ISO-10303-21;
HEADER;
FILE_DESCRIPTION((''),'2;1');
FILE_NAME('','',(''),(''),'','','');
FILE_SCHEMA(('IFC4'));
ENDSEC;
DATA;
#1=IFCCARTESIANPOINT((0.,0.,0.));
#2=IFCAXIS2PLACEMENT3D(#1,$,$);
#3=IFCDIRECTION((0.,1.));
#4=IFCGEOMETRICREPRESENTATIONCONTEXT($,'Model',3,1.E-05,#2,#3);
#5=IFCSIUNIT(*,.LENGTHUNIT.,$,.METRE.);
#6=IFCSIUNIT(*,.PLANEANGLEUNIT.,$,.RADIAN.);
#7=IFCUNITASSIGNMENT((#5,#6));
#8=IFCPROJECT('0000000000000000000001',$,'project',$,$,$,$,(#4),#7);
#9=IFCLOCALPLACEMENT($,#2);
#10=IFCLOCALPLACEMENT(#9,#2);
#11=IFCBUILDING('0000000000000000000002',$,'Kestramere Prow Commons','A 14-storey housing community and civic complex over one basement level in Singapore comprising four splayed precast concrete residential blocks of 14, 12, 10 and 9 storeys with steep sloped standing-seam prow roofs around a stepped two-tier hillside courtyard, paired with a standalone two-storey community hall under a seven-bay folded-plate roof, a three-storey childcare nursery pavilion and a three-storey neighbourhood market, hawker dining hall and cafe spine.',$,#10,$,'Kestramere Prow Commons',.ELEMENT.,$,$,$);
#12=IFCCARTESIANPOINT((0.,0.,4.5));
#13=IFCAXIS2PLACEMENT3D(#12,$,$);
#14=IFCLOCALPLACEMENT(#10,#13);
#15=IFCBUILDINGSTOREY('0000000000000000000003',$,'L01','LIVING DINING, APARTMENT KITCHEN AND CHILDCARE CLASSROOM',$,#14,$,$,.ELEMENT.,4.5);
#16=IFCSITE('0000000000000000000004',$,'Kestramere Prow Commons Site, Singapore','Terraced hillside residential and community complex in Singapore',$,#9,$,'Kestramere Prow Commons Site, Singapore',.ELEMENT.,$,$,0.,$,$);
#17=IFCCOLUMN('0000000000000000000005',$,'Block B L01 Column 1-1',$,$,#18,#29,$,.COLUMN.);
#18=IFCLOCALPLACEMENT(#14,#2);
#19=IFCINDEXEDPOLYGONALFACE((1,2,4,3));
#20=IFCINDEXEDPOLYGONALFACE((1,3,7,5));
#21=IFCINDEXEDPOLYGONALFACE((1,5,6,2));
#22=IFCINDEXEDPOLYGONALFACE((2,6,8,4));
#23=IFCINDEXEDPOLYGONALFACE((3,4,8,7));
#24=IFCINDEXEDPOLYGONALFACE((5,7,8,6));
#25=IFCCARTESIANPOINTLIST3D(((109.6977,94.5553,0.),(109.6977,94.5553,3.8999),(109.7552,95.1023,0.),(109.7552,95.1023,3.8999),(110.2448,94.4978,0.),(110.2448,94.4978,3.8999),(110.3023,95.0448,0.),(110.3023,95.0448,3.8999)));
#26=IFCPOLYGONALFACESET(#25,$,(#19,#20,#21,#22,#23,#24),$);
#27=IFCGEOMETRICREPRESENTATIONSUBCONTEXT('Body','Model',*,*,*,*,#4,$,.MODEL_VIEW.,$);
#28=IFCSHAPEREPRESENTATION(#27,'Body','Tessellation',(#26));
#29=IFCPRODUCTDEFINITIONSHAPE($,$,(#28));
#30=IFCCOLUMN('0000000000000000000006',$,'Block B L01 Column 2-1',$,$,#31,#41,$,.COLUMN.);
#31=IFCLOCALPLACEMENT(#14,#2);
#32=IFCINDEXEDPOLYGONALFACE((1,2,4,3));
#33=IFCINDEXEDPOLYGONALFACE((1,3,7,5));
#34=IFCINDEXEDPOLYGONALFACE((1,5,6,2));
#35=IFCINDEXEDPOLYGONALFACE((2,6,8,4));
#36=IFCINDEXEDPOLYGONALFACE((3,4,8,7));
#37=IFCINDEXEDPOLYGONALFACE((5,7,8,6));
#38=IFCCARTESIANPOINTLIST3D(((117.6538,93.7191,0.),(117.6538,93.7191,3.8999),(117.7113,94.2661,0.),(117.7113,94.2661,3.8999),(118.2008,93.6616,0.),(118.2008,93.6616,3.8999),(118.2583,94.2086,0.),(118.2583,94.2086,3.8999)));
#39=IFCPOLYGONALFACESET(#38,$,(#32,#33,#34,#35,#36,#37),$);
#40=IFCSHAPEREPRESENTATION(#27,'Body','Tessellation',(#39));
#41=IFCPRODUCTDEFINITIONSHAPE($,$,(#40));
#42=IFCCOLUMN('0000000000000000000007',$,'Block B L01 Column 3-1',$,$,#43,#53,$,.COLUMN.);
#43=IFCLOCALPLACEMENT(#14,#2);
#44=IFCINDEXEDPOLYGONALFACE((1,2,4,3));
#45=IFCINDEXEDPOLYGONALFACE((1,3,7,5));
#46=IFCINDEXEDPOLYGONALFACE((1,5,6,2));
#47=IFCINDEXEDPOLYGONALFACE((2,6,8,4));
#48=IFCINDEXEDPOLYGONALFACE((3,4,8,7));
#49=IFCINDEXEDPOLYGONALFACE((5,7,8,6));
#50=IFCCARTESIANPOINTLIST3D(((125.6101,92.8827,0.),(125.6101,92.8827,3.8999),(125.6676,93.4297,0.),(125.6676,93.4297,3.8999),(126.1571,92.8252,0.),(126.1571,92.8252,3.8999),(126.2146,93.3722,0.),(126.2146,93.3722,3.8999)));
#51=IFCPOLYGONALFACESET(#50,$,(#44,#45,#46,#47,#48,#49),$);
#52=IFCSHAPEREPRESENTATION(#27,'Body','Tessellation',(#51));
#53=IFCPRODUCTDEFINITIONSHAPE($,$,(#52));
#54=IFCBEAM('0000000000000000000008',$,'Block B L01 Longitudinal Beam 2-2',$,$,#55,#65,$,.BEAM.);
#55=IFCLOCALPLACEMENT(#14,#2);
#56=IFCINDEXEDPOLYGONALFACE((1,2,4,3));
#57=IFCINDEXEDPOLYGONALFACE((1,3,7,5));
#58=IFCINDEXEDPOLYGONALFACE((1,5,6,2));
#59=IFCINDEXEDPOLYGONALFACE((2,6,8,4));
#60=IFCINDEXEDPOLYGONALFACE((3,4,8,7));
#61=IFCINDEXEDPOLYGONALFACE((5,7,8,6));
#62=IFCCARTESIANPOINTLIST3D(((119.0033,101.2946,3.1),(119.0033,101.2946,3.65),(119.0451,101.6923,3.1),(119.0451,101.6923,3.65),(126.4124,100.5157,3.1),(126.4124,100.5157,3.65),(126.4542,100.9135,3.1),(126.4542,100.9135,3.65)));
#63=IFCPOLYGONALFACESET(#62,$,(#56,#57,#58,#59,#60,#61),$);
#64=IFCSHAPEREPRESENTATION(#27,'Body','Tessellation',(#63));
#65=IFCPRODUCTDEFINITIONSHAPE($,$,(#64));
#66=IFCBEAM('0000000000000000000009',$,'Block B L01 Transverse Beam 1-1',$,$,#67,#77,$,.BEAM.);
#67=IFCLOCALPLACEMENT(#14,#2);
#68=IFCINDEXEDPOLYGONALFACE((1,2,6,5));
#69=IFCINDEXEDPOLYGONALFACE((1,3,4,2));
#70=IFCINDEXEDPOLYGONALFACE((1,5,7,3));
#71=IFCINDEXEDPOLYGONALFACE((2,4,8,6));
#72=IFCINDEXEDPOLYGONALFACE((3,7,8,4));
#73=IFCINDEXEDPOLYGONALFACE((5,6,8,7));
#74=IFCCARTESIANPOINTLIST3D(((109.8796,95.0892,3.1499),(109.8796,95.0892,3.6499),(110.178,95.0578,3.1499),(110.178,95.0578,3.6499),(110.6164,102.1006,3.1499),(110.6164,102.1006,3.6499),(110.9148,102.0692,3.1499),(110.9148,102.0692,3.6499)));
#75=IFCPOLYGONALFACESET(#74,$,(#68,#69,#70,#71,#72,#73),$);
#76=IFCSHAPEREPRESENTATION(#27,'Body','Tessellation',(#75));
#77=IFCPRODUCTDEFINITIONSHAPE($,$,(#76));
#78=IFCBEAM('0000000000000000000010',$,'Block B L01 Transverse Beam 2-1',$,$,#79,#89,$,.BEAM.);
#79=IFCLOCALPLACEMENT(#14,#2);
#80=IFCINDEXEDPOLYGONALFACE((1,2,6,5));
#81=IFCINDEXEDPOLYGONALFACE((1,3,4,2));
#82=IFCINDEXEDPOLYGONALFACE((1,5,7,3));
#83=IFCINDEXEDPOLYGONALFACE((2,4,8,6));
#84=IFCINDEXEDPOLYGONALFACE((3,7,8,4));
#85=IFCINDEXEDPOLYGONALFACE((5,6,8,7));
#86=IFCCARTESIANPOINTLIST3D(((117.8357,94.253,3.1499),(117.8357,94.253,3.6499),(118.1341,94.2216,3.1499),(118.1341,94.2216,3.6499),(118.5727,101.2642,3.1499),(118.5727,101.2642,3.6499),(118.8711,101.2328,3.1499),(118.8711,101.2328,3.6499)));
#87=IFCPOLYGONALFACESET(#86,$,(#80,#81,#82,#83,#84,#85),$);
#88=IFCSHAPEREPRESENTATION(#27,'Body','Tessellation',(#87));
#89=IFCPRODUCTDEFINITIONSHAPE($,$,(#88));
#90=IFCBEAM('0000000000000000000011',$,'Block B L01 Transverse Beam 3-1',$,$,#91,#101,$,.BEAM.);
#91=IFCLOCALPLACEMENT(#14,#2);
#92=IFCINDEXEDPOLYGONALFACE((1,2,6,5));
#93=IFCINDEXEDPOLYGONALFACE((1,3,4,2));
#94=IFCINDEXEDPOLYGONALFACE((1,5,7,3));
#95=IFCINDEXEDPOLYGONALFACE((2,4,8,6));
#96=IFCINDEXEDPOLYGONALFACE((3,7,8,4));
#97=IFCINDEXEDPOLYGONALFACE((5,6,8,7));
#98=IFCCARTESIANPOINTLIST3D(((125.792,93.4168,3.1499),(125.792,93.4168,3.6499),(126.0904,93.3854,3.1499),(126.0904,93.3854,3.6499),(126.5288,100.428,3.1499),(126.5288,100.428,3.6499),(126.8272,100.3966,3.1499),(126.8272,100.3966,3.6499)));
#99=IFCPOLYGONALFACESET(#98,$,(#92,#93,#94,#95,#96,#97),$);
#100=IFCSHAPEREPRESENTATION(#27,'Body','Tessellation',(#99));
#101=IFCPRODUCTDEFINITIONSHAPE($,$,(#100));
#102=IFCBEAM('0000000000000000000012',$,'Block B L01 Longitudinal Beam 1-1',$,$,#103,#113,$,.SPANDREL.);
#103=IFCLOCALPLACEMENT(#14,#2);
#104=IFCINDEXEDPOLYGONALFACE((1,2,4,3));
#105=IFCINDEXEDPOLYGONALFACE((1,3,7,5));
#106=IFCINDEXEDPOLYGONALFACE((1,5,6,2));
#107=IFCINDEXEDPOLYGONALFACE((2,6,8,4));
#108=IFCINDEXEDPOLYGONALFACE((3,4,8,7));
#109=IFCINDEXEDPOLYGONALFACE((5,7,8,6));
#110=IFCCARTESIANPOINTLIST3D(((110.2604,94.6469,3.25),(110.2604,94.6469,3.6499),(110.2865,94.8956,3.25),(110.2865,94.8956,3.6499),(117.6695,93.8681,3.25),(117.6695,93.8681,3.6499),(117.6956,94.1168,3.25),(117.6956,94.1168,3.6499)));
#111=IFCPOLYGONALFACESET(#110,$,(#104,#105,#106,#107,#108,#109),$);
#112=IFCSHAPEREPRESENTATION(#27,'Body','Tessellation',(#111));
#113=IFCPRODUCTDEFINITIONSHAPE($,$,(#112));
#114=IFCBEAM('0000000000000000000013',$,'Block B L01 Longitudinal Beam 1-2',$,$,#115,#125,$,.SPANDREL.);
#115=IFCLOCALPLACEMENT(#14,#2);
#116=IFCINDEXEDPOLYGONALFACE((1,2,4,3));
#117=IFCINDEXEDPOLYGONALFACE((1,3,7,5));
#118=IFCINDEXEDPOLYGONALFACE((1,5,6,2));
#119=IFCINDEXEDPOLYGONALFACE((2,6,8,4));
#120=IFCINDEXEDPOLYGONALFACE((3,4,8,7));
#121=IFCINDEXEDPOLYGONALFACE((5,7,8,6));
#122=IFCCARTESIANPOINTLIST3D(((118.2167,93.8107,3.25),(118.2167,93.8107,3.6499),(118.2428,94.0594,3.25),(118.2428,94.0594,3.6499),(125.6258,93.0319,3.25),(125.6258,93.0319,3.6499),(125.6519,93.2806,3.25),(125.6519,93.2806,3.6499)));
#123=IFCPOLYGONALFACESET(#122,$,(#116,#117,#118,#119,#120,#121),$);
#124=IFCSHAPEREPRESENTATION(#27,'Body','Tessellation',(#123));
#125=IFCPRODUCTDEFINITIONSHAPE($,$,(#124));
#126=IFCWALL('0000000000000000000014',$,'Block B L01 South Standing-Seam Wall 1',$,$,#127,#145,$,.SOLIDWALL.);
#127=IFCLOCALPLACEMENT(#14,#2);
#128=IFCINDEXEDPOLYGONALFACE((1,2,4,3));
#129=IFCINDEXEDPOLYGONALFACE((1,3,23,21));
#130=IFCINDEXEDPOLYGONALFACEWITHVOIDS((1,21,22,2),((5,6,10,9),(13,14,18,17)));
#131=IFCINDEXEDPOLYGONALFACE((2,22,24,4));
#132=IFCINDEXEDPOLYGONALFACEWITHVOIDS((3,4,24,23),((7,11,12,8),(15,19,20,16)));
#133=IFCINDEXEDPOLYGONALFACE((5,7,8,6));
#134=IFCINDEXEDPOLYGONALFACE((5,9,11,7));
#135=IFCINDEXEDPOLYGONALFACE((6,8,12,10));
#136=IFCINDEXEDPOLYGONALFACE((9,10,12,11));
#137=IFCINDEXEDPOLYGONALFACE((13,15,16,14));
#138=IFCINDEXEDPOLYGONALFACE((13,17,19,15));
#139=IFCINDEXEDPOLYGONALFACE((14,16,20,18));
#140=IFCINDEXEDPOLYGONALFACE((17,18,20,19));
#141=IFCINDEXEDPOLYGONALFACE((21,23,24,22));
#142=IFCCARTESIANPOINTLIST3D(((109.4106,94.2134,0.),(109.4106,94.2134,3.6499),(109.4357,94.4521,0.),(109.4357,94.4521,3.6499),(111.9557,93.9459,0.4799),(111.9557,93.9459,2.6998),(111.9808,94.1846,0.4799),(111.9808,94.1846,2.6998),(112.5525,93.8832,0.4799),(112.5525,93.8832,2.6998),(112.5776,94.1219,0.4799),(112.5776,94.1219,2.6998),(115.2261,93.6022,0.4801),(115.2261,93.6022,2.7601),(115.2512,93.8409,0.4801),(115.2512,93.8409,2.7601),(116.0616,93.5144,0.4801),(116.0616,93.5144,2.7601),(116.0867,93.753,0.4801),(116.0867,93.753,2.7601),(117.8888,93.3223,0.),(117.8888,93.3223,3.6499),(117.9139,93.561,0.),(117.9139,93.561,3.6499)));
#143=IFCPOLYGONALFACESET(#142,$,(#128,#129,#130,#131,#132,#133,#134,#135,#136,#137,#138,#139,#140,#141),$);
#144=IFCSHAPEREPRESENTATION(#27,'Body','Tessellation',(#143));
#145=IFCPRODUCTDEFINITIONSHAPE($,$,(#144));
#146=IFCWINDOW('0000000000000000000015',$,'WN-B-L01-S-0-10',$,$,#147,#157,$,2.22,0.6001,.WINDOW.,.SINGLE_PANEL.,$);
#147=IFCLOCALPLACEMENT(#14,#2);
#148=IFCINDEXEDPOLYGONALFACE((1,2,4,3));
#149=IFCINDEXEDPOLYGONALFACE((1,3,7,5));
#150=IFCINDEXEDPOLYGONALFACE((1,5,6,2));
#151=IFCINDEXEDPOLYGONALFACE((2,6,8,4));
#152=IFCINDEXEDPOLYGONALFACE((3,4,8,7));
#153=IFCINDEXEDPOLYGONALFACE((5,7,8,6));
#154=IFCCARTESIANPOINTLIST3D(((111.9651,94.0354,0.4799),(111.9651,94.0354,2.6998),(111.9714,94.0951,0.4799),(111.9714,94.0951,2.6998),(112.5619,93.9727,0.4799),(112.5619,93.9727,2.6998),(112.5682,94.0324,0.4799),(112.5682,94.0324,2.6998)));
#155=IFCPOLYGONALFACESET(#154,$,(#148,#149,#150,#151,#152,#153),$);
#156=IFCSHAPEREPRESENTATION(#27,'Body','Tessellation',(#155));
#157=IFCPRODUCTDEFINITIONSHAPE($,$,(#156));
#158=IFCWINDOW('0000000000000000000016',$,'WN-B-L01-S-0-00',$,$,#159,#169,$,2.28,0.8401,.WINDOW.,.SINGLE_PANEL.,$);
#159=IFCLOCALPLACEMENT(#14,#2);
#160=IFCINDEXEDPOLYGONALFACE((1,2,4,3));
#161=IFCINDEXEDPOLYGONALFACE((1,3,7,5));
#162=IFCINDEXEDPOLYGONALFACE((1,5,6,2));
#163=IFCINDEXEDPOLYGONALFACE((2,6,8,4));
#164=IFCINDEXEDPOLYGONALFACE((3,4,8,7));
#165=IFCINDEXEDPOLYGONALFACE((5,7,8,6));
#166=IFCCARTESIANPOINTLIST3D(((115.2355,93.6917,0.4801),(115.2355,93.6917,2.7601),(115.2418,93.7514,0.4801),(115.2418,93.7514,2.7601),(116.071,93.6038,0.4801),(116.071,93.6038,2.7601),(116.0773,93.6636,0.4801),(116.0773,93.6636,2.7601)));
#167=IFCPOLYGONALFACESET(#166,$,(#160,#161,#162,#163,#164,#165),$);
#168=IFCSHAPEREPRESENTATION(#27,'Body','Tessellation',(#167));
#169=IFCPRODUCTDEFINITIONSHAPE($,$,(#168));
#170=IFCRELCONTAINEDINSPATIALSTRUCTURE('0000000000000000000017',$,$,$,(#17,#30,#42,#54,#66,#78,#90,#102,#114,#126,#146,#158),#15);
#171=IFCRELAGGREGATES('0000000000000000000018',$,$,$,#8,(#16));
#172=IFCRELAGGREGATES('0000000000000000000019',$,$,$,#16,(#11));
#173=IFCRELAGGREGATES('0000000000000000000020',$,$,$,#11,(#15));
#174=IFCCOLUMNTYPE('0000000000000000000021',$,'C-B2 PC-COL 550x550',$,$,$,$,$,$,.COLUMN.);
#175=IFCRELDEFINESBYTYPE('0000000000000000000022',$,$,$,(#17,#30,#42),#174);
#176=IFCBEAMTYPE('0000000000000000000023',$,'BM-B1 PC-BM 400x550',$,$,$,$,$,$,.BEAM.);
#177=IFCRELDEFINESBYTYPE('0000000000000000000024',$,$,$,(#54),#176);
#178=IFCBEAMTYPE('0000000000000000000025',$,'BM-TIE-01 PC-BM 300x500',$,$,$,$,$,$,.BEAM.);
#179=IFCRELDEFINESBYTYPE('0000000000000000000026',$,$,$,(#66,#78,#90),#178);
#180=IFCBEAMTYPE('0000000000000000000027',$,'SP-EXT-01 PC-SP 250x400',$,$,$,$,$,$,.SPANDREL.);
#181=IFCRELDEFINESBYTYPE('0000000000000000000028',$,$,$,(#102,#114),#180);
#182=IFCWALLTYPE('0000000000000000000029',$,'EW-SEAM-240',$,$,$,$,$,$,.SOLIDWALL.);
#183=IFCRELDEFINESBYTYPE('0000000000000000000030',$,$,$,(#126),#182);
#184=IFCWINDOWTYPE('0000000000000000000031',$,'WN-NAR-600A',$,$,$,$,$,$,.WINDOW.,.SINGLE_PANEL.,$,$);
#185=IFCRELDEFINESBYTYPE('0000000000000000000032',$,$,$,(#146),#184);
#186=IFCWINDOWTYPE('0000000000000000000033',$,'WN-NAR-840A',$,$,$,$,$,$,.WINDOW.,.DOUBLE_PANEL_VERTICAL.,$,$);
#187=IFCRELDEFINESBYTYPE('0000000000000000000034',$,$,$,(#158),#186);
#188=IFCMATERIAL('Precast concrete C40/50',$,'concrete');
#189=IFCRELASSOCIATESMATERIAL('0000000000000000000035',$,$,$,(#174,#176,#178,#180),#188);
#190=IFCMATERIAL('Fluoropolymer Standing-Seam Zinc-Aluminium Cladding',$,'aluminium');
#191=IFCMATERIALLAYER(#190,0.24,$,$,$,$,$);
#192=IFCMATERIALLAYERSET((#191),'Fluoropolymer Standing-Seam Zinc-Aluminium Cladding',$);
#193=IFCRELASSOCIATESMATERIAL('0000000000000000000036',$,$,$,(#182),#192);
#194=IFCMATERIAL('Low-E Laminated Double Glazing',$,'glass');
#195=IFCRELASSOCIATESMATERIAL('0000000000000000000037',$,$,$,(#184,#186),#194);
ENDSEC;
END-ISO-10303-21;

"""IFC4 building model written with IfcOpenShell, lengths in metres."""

from ifc_helpers import new_model, si_unit, direction, frame, frame_2d, origin, origin_2d, place, context, subcontext, project, spatial, rectangle, extrude, material, layer, layer_set, material_profile, profile_set, type_object, element, fill, save


model = new_model("IFC4")

# Units and contexts
model_context = context("Model", 3, precision=1e-05, world=origin(), true_north=direction((0.0, 1.0)))
body_context = subcontext(model_context, "Body", "Model", "MODEL_VIEW")
ifc_project = project(units=[si_unit("LENGTHUNIT", "METRE"), si_unit("PLANEANGLEUNIT", "RADIAN")], contexts=[model_context])

# Site, building, storey
site_placement = place(None, origin())
site = spatial("IfcSite", under=ifc_project, at=site_placement, Name="Kestramere Prow Commons Site, Singapore", Description="Terraced hillside residential and community complex in Singapore", LongName="Kestramere Prow Commons Site, Singapore", CompositionType="ELEMENT", RefElevation=0.0)
building_placement = place(site_placement, origin())
building = spatial("IfcBuilding", under=site, at=building_placement, Name="Kestramere Prow Commons", Description="A 14-storey housing community and civic complex over one basement level in Singapore comprising four splayed precast concrete residential blocks of 14, 12, 10 and 9 storeys with steep sloped standing-seam prow roofs around a stepped two-tier hillside courtyard, paired with a standalone two-storey community hall under a seven-bay folded-plate roof, a three-storey childcare nursery pavilion and a three-storey neighbourhood market, hawker dining hall and cafe spine.", LongName="Kestramere Prow Commons", CompositionType="ELEMENT")
storey_placement = place(building_placement, frame((0.0, 0.0, 4.5)))
storey = spatial("IfcBuildingStorey", under=building, at=storey_placement, Name="L01", Description="LIVING DINING, APARTMENT KITCHEN AND CHILDCARE CLASSROOM", CompositionType="ELEMENT", Elevation=4.5)

# Columns
ifc_material_1 = material(Name="Precast concrete C40/50", Category="concrete")
ifc_material_profile_1 = material_profile(ifc_material_1, rectangle(XDim=0.55, YDim=0.55, at=origin_2d()), Name="PC-COL 550x550")
ifc_profile_set_1 = profile_set([ifc_material_profile_1], Name="Precast concrete C40/50")
column_type = type_object("IfcColumnType", Name="C-B2 PC-COL 550x550", PredefinedType="COLUMN", material=ifc_profile_set_1)
for number, where, z_axis, x_axis, name in (
    (1, (110.0, 94.8, 0.0), (0.0, 0.0, 1.0), (0.994522, -0.104528, 0.0), "Block B L01 Column 1-1"),
    (2, (117.9561, 93.9639, 0.0), (0.0, 0.0, 1.0), (0.994522, -0.104528, 0.0), "Block B L01 Column 2-1"),
    (3, (125.9124, 93.1274, 0.0), (0.0, 0.0, 1.0), (0.994522, -0.104528, 0.0), "Block B L01 Column 3-1"),
):
    element("IfcColumn", number, at=place(storey_placement, frame(where, z_axis=z_axis, x_axis=x_axis)), inside=storey, type_object=column_type, Name=name, PredefinedType="COLUMN", context=body_context, shape_type="SweptSolid", body=[
        extrude(rectangle(XDim=0.55, YDim=0.55, at=origin_2d()), origin(), (0.0, 0.0, 1.0), 3.8999),
    ])

# Beams
ifc_material_profile_2 = material_profile(ifc_material_1, rectangle(XDim=0.3999, YDim=0.55, at=origin_2d()), Name="PC-BM 400x550")
ifc_profile_set_2 = profile_set([ifc_material_profile_2], Name="Precast concrete C40/50")
beam_type_1 = type_object("IfcBeamType", Name="BM-B1 PC-BM 400x550", PredefinedType="BEAM", material=ifc_profile_set_2)
beam_1_placement = place(storey_placement, frame((119.0242, 101.4934, 3.375), z_axis=(0.994521, -0.104538, 0.0), x_axis=(0.104538, 0.994521, 0.0)))
element("IfcBeam", 4, at=beam_1_placement, inside=storey, type_object=beam_type_1, Name="Block B L01 Longitudinal Beam 2-2", PredefinedType="BEAM", context=body_context, shape_type="SweptSolid", body=[
    extrude(rectangle(XDim=0.3999, YDim=0.55, at=origin_2d()), origin(), (0.0, 0.0, 1.0), 7.45),
])
ifc_material_profile_3 = material_profile(ifc_material_1, rectangle(XDim=0.3, YDim=0.5, at=origin_2d()), Name="PC-BM 300x500")
ifc_profile_set_3 = profile_set([ifc_material_profile_3], Name="Precast concrete C40/50")
beam_type_2 = type_object("IfcBeamType", Name="BM-TIE-01 PC-BM 300x500", PredefinedType="BEAM", material=ifc_profile_set_3)
beam_2_placement = place(storey_placement, frame((110.0288, 95.0735, 3.3999), z_axis=(0.104512, 0.994524, 0.0), x_axis=(-0.994524, 0.104512, 0.0)))
element("IfcBeam", 5, at=beam_2_placement, inside=storey, type_object=beam_type_2, Name="Block B L01 Transverse Beam 1-1", PredefinedType="BEAM", context=body_context, shape_type="SweptSolid", body=[
    extrude(rectangle(XDim=0.3, YDim=0.5, at=origin_2d()), origin(), (0.0, 0.0, 1.0), 7.05),
])
for number, where, z_axis, x_axis, name in (
    (6, (117.9849, 94.2373, 3.3999), (0.10455, 0.99452, 0.0), (-0.99452, 0.10455, 0.0), "Block B L01 Transverse Beam 2-1"),
    (7, (125.9412, 93.4011, 3.3999), (0.104515, 0.994523, 0.0), (-0.994523, 0.104515, 0.0), "Block B L01 Transverse Beam 3-1"),
):
    element("IfcBeam", number, at=place(storey_placement, frame(where, z_axis=z_axis, x_axis=x_axis)), inside=storey, type_object=beam_type_2, Name=name, PredefinedType="BEAM", context=body_context, shape_type="SweptSolid", body=[
        extrude(rectangle(XDim=0.3, YDim=0.5, at=origin_2d()), origin(), (0.0, 0.0, 1.0), 7.0498),
    ])
ifc_material_profile_4 = material_profile(ifc_material_1, rectangle(XDim=0.25, YDim=0.3999, at=origin_2d()), Name="PC-SP 250x400")
ifc_profile_set_4 = profile_set([ifc_material_profile_4], Name="Precast concrete C40/50")
beam_type_3 = type_object("IfcBeamType", Name="SP-EXT-01 PC-SP 250x400", PredefinedType="SPANDREL", material=ifc_profile_set_4)
for number, where, z_axis, x_axis, name in (
    (8, (110.2734, 94.7712, 3.45), (0.994521, -0.104538, 0.0), (0.104538, 0.994521, 0.0), "Block B L01 Longitudinal Beam 1-1"),
    (9, (118.2297, 93.9351, 3.45), (0.994521, -0.104538, 0.0), (0.104538, 0.994521, 0.0), "Block B L01 Longitudinal Beam 1-2"),
):
    element("IfcBeam", number, at=place(storey_placement, frame(where, z_axis=z_axis, x_axis=x_axis)), inside=storey, type_object=beam_type_3, Name=name, PredefinedType="SPANDREL", context=body_context, shape_type="SweptSolid", body=[
        extrude(rectangle(XDim=0.25, YDim=0.3999, at=origin_2d()), origin(), (0.0, 0.0, 1.0), 7.45),
    ])

# Wall, openings, windows
ifc_material_2 = material(Name="Fluoropolymer Standing-Seam Zinc-Aluminium Cladding", Category="aluminium")
ifc_layer_1 = layer(ifc_material_2, 0.24)
ifc_layer_set_1 = layer_set([ifc_layer_1], Name="Fluoropolymer Standing-Seam Zinc-Aluminium Cladding")
wall_type_1 = type_object("IfcWallType", Name="EW-SEAM-240", PredefinedType="SOLIDWALL", material=ifc_layer_set_1)
wall_1_placement = place(storey_placement, frame((117.9014, 93.4417, 0.0), z_axis=(0.0, 0.0, 1.0), x_axis=(-0.994522, 0.10453, 0.0)))
wall_1 = element("IfcWall", 10, at=wall_1_placement, inside=storey, type_object=wall_type_1, Name="Block B L01 South Standing-Seam Wall 1", PredefinedType="SOLIDWALL", context=body_context, shape_type="SweptSolid", body=[
    extrude(rectangle(XDim=8.5249, YDim=0.24, at=frame_2d((4.2625, 0.0))), origin(), (0.0, 0.0, 1.0), 3.6499),
])
opening_1_placement = place(wall_1_placement, frame((1.8374, 0.0, 0.48)))
opening_1 = element("IfcOpeningElement", 11, at=opening_1_placement, cuts=wall_1, PredefinedType="OPENING", context=body_context, shape_type="SweptSolid", body=[
    extrude(rectangle(XDim=0.8401, YDim=2.28, at=frame_2d((0.4199, 1.1401))), frame((0.0, 0.135, 0.0), z_axis=(0.0, -1.0, 0.0), x_axis=(1.0, 0.0, 0.0)), (0.0, 0.0, 1.0), 0.27),
])
opening_2_placement = place(wall_1_placement, frame((5.3657, 0.0, 0.48)))
opening_2 = element("IfcOpeningElement", 12, at=opening_2_placement, cuts=wall_1, PredefinedType="OPENING", context=body_context, shape_type="SweptSolid", body=[
    extrude(rectangle(XDim=0.6001, YDim=2.22, at=frame_2d((0.3, 1.1099))), frame((0.0, 0.135, 0.0), z_axis=(0.0, -1.0, 0.0), x_axis=(1.0, 0.0, 0.0)), (0.0, 0.0, 1.0), 0.27),
])
ifc_material_3 = material(Name="Low-E Laminated Double Glazing", Category="glass")
window_type_1 = type_object("IfcWindowType", Name="WN-NAR-600A", PartitioningType="SINGLE_PANEL", PredefinedType="WINDOW", material=ifc_material_3)
window_1_placement = place(opening_2_placement, origin())
window_1 = element("IfcWindow", 13, at=window_1_placement, inside=storey, type_object=window_type_1, Name="WN-B-L01-S-0-10", OverallHeight=2.22, OverallWidth=0.6001, PartitioningType="SINGLE_PANEL", PredefinedType="WINDOW", context=body_context, shape_type="SweptSolid", body=[
    extrude(rectangle(XDim=0.6001, YDim=2.22, at=frame_2d((0.3, 1.1099))), frame((0.0, 0.03, 0.0), z_axis=(0.0, -1.0, 0.0), x_axis=(1.0, 0.0, 0.0)), (0.0, 0.0, 1.0), 0.0601),
])
fill(opening_2, window_1)
window_type_2 = type_object("IfcWindowType", Name="WN-NAR-840A", PartitioningType="DOUBLE_PANEL_VERTICAL", PredefinedType="WINDOW", material=ifc_material_3)
window_2_placement = place(opening_1_placement, origin())
window_2 = element("IfcWindow", 14, at=window_2_placement, inside=storey, type_object=window_type_2, Name="WN-B-L01-S-0-00", OverallHeight=2.28, OverallWidth=0.8401, PartitioningType="SINGLE_PANEL", PredefinedType="WINDOW", context=body_context, shape_type="SweptSolid", body=[
    extrude(rectangle(XDim=0.8401, YDim=2.28, at=frame_2d((0.4199, 1.1401))), frame((0.0, 0.03, 0.0), z_axis=(0.0, -1.0, 0.0), x_axis=(1.0, 0.0, 0.0)), (0.0, 0.0, 1.0), 0.0601),
])
fill(opening_1, window_2)

save(model, "model.ifc")
